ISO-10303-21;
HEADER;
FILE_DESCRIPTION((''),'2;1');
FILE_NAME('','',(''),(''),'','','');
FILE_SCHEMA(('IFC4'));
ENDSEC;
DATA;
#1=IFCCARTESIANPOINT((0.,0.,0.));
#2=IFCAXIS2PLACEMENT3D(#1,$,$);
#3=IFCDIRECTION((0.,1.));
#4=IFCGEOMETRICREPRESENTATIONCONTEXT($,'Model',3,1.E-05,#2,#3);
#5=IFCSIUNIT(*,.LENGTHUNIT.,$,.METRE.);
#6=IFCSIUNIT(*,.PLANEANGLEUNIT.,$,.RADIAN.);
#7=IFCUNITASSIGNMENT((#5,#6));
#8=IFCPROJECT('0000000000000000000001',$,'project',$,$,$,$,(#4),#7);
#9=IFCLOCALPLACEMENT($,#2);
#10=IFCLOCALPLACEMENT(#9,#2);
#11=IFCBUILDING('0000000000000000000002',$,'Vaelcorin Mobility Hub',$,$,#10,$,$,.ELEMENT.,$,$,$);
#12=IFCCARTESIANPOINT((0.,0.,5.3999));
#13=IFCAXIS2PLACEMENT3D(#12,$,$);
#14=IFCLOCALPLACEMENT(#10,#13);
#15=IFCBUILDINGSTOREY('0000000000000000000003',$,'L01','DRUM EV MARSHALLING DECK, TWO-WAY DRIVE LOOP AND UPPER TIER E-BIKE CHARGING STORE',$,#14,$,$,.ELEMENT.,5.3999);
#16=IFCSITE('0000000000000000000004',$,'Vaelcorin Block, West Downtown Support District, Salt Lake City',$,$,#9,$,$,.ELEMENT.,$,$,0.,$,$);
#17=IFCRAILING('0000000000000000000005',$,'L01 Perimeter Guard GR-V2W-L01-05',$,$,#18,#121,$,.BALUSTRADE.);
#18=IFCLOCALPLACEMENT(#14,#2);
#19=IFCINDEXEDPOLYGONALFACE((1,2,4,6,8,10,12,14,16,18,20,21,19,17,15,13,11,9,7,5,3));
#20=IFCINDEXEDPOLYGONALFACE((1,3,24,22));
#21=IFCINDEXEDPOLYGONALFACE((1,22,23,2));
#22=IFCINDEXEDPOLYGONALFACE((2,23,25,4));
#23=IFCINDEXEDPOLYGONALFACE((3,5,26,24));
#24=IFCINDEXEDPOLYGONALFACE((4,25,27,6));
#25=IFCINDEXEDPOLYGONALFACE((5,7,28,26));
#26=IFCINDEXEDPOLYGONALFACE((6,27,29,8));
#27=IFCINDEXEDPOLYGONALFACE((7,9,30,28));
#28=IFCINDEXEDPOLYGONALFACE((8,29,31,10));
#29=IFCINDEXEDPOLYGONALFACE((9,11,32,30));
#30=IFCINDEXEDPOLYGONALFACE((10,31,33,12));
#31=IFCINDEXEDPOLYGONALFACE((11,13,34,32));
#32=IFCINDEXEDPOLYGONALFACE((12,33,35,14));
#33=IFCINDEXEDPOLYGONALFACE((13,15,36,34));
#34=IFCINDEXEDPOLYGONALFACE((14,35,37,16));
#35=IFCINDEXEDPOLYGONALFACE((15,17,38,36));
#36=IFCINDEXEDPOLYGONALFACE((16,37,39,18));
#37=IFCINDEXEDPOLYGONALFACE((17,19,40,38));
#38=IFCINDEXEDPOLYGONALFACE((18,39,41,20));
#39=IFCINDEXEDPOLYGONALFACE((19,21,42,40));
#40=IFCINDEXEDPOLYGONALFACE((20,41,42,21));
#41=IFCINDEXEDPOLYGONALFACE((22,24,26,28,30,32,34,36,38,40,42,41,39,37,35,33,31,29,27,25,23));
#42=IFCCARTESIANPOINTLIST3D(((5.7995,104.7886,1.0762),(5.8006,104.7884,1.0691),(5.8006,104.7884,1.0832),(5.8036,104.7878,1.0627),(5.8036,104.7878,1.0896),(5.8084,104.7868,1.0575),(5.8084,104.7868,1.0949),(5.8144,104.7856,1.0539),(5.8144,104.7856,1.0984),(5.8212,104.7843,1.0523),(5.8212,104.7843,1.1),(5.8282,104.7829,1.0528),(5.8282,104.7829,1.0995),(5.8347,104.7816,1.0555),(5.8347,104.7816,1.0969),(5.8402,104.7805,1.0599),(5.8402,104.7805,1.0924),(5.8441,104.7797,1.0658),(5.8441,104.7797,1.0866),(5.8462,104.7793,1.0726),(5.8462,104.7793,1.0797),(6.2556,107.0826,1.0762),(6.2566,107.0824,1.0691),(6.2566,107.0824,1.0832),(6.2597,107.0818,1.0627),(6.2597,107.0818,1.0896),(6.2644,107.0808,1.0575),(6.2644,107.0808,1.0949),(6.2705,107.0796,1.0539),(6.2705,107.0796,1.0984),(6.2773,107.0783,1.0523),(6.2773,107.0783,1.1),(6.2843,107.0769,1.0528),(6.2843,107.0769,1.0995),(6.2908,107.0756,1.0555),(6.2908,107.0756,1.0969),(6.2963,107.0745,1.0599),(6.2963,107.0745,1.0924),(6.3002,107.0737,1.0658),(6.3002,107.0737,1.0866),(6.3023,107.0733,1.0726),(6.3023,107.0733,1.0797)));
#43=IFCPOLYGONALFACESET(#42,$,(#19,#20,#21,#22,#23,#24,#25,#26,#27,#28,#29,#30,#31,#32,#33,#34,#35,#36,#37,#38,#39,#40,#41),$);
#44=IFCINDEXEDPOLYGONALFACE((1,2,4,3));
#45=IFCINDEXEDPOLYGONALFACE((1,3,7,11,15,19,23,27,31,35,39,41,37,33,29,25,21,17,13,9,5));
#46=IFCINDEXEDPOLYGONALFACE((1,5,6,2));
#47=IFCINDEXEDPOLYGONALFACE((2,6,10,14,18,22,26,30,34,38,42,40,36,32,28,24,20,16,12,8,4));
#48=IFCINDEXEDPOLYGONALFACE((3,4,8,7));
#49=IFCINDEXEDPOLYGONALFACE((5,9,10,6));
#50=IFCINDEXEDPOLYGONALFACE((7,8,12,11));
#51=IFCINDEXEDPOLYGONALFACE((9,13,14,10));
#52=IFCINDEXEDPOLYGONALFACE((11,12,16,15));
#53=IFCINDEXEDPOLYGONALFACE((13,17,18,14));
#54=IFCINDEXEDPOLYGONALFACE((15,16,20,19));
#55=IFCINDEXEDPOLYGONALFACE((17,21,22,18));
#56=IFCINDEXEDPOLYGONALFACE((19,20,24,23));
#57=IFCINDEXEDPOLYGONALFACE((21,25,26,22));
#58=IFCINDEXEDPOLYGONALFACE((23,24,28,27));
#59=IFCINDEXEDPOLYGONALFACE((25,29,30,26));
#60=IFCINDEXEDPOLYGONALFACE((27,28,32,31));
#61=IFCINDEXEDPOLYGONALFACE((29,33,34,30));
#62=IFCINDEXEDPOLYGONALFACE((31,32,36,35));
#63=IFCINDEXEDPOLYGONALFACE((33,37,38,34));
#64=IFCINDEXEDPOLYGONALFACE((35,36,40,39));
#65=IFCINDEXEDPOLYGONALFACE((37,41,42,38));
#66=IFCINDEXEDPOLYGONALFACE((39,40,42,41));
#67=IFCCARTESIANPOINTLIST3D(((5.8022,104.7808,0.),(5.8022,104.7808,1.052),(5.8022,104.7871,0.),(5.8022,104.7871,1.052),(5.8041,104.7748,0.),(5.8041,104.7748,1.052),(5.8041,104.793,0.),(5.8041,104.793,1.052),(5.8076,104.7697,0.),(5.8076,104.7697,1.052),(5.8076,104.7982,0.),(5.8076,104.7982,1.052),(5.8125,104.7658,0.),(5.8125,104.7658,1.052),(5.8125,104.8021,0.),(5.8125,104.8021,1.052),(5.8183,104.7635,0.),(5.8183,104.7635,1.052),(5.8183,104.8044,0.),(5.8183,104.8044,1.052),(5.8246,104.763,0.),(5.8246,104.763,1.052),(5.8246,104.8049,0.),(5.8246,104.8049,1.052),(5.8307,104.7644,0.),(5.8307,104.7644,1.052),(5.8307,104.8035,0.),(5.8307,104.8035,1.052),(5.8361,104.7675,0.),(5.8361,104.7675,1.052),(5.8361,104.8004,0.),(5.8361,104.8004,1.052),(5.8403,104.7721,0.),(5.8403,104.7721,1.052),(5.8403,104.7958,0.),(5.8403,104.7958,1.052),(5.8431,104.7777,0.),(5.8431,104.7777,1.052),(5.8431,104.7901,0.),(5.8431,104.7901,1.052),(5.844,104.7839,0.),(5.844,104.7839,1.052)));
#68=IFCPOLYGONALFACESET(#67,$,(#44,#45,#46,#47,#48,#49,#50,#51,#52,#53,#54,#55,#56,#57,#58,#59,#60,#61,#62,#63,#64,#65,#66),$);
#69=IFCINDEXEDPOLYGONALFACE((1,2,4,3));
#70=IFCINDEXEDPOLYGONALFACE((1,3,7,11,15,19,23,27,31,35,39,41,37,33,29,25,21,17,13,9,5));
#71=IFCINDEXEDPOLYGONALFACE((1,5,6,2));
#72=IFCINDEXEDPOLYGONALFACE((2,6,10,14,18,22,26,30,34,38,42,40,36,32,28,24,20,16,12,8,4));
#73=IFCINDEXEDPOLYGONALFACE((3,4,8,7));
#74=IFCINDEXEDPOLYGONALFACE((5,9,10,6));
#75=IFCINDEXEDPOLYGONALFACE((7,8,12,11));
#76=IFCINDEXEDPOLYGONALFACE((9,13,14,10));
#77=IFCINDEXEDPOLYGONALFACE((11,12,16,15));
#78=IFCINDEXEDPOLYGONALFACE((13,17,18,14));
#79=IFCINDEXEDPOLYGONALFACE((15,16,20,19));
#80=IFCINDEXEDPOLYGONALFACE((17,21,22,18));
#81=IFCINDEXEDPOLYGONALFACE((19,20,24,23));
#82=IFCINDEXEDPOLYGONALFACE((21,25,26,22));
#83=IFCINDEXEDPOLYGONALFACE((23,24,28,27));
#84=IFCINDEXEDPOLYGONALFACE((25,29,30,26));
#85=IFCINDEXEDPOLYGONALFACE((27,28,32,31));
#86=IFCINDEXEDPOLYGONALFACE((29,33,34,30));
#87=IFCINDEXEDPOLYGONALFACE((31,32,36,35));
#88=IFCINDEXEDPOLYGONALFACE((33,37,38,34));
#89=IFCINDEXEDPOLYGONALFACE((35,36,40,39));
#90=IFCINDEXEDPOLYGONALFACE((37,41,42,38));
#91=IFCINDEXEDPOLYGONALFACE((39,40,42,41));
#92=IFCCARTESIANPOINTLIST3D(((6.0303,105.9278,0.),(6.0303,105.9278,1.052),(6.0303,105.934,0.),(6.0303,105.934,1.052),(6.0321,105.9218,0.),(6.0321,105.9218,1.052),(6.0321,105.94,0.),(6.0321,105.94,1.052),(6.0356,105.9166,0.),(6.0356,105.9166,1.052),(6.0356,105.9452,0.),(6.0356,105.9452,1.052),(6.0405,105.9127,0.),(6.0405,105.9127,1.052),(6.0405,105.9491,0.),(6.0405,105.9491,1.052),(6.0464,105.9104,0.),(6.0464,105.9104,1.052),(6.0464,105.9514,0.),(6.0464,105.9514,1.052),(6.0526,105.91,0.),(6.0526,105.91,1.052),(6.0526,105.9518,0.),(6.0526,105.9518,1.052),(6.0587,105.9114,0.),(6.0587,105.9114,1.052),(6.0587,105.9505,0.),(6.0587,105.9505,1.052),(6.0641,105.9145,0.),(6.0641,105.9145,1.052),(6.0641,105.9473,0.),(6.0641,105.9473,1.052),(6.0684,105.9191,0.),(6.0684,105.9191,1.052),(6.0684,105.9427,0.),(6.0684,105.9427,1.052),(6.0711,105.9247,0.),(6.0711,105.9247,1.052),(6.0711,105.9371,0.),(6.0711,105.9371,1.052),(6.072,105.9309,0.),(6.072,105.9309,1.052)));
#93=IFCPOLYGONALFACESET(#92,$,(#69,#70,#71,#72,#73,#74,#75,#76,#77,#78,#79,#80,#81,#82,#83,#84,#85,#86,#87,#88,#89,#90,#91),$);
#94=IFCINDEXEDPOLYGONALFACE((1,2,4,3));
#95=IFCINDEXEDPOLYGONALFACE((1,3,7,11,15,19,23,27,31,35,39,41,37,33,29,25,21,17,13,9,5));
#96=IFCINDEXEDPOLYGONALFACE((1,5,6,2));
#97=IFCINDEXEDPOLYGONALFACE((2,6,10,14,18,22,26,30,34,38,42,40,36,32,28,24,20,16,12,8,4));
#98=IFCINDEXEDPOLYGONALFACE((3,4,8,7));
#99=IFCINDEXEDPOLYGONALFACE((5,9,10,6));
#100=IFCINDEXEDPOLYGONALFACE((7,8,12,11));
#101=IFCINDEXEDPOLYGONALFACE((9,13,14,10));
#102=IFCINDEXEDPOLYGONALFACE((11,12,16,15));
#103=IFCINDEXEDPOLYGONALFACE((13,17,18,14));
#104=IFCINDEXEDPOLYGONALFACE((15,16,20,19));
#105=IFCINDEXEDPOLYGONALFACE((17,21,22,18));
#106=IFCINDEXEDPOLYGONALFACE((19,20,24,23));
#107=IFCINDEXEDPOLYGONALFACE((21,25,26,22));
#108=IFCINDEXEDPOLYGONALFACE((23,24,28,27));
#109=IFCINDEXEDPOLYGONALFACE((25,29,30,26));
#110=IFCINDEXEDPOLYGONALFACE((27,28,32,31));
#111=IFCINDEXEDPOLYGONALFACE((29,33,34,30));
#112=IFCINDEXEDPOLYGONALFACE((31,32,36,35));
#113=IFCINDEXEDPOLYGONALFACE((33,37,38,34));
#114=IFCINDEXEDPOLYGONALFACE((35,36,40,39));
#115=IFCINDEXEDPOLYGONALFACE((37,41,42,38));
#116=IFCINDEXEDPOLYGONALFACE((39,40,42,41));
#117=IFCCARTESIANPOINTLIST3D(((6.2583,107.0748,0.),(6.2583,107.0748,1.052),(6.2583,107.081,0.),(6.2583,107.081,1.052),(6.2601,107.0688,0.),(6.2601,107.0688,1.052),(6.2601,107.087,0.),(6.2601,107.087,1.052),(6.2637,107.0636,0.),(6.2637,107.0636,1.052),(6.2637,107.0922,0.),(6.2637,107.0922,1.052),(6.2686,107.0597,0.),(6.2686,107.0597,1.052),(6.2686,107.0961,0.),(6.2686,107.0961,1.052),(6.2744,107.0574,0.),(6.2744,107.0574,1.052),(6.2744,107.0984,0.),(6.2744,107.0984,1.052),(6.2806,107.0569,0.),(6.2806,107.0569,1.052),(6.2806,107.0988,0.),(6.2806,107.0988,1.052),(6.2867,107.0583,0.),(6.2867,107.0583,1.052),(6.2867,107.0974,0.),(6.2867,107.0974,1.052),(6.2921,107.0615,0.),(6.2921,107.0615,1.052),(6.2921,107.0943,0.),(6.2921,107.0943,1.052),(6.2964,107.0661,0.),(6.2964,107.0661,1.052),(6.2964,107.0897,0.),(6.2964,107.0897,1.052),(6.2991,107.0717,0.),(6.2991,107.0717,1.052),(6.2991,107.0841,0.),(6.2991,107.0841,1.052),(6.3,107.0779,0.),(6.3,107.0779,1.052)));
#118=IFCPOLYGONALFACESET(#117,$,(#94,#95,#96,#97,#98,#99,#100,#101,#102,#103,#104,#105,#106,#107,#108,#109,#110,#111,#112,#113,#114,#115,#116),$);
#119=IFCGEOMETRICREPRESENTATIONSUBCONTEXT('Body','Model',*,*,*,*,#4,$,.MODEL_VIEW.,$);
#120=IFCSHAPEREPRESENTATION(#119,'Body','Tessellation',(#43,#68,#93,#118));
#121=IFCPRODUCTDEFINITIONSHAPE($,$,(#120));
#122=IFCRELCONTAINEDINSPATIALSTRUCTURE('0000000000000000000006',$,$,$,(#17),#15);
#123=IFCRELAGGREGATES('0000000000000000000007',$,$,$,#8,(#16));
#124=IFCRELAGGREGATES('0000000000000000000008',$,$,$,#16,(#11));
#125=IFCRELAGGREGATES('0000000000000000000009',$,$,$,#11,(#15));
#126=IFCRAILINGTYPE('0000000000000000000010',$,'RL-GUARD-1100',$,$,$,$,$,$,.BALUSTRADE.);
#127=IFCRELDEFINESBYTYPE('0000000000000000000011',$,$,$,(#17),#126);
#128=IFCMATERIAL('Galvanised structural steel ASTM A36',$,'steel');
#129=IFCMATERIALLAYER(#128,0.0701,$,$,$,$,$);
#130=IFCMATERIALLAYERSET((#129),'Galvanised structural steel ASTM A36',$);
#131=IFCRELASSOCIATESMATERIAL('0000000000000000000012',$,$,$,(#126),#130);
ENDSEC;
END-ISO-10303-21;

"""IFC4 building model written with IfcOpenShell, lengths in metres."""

from ifc_helpers import new_model, si_unit, direction, frame, origin, origin_2d, place, context, subcontext, project, spatial, circle, extrude, material, layer, layer_set, type_object, element, save


model = new_model("IFC4")

# Units and contexts
model_context = context("Model", 3, precision=1e-05, world=origin(), true_north=direction((0.0, 1.0)))
body_context = subcontext(model_context, "Body", "Model", "MODEL_VIEW")
ifc_project = project(units=[si_unit("LENGTHUNIT", "METRE"), si_unit("PLANEANGLEUNIT", "RADIAN")], contexts=[model_context])

# Site, building, storey
site_placement = place(None, origin())
site = spatial("IfcSite", under=ifc_project, at=site_placement, Name="Vaelcorin Block, West Downtown Support District, Salt Lake City", CompositionType="ELEMENT", RefElevation=0.0)
building_placement = place(site_placement, origin())
building = spatial("IfcBuilding", under=site, at=building_placement, Name="Vaelcorin Mobility Hub", CompositionType="ELEMENT")
storey_placement = place(building_placement, frame((0.0, 0.0, 5.3999)))
storey = spatial("IfcBuildingStorey", under=building, at=storey_placement, Name="L01", Description="DRUM EV MARSHALLING DECK, TWO-WAY DRIVE LOOP AND UPPER TIER E-BIKE CHARGING STORE", CompositionType="ELEMENT", Elevation=5.3999)

# Railing
ifc_material_1 = material(Name="Galvanised structural steel ASTM A36", Category="steel")
ifc_layer_1 = layer(ifc_material_1, 0.0701)
ifc_layer_set_1 = layer_set([ifc_layer_1], Name="Galvanised structural steel ASTM A36")
railing_type = type_object("IfcRailingType", Name="RL-GUARD-1100", PredefinedType="BALUSTRADE", material=ifc_layer_set_1)
railing_1_placement = place(storey_placement, frame((5.823, 104.7839, 0.0)))
element("IfcRailing", 1, at=railing_1_placement, inside=storey, type_object=railing_type, Name="L01 Perimeter Guard GR-V2W-L01-05", PredefinedType="BALUSTRADE", context=body_context, shape_type="SweptSolid", body=[
    extrude(circle(Radius=0.0239, at=origin_2d()), frame((0.0, 0.0, 1.0762), z_axis=(0.194992, 0.980805, 0.0), x_axis=(-0.980805, 0.194992, 0.0)), (0.0, 0.0, 1.0), 2.3389),
    extrude(circle(Radius=0.021, at=origin_2d()), origin(), (0.0, 0.0, 1.0), 1.052),
    extrude(circle(Radius=0.021, at=origin_2d()), frame((0.228, 1.147, 0.0)), (0.0, 0.0, 1.0), 1.052),
    extrude(circle(Radius=0.021, at=origin_2d()), frame((0.4561, 2.2939, 0.0)), (0.0, 0.0, 1.0), 1.052),
])

save(model, "model.ifc")
